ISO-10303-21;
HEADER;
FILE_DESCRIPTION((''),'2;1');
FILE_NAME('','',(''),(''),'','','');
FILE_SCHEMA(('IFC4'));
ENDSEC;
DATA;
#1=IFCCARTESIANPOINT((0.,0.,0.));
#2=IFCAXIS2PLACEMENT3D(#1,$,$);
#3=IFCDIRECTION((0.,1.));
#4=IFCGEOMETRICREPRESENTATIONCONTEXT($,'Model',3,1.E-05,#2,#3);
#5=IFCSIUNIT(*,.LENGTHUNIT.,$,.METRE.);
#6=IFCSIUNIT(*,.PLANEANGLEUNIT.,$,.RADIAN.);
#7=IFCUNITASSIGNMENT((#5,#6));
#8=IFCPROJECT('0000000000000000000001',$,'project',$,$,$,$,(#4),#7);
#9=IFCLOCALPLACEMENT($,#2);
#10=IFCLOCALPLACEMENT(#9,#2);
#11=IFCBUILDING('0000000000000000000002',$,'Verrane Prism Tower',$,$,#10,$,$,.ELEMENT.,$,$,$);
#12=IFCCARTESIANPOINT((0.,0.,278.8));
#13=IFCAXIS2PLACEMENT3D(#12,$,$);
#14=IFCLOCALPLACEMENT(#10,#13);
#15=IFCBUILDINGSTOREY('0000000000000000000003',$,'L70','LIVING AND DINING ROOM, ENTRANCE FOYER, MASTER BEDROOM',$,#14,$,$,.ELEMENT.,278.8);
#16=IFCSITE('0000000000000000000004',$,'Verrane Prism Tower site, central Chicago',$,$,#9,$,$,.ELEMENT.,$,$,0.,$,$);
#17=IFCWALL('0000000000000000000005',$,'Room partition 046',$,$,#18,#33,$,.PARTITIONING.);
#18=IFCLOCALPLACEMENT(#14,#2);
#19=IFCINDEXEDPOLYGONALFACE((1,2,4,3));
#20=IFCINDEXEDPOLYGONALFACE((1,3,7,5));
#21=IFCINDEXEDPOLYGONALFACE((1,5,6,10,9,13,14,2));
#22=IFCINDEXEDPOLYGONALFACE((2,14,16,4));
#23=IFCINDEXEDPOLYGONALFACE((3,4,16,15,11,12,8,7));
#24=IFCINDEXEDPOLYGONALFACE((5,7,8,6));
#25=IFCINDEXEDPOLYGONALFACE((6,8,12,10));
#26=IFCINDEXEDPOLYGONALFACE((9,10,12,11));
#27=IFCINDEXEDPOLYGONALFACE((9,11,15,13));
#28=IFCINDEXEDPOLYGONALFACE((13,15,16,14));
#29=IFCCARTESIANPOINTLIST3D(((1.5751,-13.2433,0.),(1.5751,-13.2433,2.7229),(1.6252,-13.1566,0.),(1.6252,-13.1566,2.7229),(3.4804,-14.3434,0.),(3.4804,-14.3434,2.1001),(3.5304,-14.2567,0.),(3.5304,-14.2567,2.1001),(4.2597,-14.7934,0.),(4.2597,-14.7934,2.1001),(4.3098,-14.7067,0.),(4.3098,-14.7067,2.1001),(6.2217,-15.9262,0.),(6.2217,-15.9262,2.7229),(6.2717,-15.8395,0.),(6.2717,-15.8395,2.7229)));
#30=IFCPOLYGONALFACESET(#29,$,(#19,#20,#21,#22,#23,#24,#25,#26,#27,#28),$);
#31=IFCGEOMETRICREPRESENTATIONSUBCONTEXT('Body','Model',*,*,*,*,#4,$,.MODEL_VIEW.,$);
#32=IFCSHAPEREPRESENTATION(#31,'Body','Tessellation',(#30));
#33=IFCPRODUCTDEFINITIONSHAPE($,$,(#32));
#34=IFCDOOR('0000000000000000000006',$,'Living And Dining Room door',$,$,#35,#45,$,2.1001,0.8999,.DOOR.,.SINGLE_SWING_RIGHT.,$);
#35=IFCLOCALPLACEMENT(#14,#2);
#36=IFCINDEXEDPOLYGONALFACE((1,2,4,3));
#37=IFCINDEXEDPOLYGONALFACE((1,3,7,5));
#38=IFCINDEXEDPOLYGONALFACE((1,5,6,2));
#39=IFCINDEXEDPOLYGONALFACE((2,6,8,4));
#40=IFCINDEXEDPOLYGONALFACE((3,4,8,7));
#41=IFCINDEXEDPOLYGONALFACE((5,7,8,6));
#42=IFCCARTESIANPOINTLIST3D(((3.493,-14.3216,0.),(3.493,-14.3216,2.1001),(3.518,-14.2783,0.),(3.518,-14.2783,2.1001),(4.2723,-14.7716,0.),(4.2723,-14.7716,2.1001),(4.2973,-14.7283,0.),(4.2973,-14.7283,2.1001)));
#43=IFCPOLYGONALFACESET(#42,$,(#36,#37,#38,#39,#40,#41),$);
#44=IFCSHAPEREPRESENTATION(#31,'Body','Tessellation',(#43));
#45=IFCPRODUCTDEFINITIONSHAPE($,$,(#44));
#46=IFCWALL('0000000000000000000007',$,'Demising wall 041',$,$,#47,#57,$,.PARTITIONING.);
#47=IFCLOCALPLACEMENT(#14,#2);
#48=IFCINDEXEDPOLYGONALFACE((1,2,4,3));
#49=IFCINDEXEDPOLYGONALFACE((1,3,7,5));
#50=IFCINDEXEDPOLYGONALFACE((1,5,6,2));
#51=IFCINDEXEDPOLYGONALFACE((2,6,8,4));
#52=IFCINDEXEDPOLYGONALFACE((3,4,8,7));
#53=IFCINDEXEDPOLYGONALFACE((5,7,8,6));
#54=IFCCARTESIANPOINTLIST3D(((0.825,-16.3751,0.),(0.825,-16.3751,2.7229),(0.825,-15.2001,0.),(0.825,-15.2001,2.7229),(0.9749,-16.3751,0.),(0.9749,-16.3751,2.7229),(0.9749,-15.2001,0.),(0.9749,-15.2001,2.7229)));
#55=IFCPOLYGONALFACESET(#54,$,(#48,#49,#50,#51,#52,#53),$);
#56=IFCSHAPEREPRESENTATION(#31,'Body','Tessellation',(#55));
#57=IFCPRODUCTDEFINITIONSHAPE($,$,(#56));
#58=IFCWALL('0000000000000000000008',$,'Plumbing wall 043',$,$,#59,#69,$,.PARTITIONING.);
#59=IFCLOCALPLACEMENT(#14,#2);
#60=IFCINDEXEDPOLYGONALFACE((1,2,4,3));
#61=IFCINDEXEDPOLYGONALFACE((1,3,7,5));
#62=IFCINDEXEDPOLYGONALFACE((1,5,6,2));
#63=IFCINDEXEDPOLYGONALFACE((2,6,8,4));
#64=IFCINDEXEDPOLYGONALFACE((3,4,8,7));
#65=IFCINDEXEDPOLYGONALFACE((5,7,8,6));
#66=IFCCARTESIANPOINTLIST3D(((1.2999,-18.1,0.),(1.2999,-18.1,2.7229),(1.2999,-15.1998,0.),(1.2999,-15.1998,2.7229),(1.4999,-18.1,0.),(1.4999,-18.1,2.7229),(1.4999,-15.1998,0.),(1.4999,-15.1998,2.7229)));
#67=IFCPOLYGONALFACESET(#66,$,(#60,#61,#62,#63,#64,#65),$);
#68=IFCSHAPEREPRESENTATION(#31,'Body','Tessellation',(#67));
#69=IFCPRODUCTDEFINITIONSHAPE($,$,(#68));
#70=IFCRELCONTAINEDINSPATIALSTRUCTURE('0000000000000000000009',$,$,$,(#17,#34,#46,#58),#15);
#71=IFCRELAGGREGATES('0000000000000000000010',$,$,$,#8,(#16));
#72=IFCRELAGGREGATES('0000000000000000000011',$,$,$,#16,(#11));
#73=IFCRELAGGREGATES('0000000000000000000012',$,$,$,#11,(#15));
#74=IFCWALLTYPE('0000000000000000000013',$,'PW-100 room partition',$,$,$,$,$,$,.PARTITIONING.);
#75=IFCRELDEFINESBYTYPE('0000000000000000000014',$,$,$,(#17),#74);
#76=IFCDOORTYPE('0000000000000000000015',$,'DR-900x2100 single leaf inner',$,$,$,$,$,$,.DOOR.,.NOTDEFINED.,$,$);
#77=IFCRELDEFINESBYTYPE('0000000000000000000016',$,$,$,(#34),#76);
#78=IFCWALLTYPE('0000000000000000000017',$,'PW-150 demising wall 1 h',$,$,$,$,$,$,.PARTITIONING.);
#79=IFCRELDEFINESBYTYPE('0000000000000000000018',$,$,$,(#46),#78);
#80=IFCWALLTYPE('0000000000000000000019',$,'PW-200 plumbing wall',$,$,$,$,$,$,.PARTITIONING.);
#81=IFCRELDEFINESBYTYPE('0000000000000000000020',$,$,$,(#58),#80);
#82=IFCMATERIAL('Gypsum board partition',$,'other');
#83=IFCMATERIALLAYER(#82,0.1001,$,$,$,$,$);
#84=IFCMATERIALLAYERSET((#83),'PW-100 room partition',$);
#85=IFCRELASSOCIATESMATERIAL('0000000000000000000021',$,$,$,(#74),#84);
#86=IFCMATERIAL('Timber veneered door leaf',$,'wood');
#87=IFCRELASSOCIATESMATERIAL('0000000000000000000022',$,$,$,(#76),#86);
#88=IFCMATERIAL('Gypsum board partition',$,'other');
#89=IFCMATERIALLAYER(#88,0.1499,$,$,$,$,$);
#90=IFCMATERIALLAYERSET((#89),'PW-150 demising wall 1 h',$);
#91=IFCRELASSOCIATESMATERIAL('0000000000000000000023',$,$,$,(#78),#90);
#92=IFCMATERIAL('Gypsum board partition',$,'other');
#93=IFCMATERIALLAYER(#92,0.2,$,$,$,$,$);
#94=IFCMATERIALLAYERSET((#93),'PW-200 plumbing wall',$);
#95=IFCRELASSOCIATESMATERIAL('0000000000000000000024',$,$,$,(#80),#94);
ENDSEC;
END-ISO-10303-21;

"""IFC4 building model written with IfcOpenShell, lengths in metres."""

from ifc_helpers import new_model, si_unit, direction, frame, frame_2d, origin, place, context, subcontext, project, spatial, rectangle, extrude, material, layer, layer_set, type_object, element, fill, save


model = new_model("IFC4")

# Units and contexts
model_context = context("Model", 3, precision=1e-05, world=origin(), true_north=direction((0.0, 1.0)))
body_context = subcontext(model_context, "Body", "Model", "MODEL_VIEW")
ifc_project = project(units=[si_unit("LENGTHUNIT", "METRE"), si_unit("PLANEANGLEUNIT", "RADIAN")], contexts=[model_context])

# Site, building, storey
site_placement = place(None, origin())
site = spatial("IfcSite", under=ifc_project, at=site_placement, Name="Verrane Prism Tower site, central Chicago", CompositionType="ELEMENT", RefElevation=0.0)
building_placement = place(site_placement, origin())
building = spatial("IfcBuilding", under=site, at=building_placement, Name="Verrane Prism Tower", CompositionType="ELEMENT")
storey_placement = place(building_placement, frame((0.0, 0.0, 278.8)))
storey = spatial("IfcBuildingStorey", under=building, at=storey_placement, Name="L70", Description="LIVING AND DINING ROOM, ENTRANCE FOYER, MASTER BEDROOM", CompositionType="ELEMENT", Elevation=278.8)

# Wall, opening, door
ifc_material_1 = material(Name="Gypsum board partition", Category="other")
ifc_layer_1 = layer(ifc_material_1, 0.1001)
ifc_layer_set_1 = layer_set([ifc_layer_1], Name="PW-100 room partition")
wall_type_1 = type_object("IfcWallType", Name="PW-100 room partition", PredefinedType="PARTITIONING", material=ifc_layer_set_1)
wall_1_placement = place(storey_placement, frame((6.2466, -15.8828, 0.0), z_axis=(0.0, 0.0, 1.0), x_axis=(-0.866008, 0.50003, 0.0)))
wall_1 = element("IfcWall", 1, at=wall_1_placement, inside=storey, type_object=wall_type_1, Name="Room partition 046", PredefinedType="PARTITIONING", context=body_context, shape_type="SweptSolid", body=[
    extrude(rectangle(XDim=5.3655, YDim=0.1001, at=frame_2d((2.6826, 0.0))), origin(), (0.0, 0.0, 1.0), 2.7229),
])
opening_1_placement = place(wall_1_placement, frame((2.2654, 0.0, 0.0)))
opening_1 = element("IfcOpeningElement", 2, at=opening_1_placement, cuts=wall_1, PredefinedType="OPENING", context=body_context, shape_type="SweptSolid", body=[
    extrude(rectangle(XDim=0.8999, YDim=2.1001, at=frame_2d((0.45, 1.05))), frame((0.0, 0.0601, 0.0), z_axis=(0.0, -1.0, 0.0), x_axis=(1.0, 0.0, 0.0)), (0.0, 0.0, 1.0), 0.1201),
])
ifc_material_2 = material(Name="Timber veneered door leaf", Category="wood")
door_type_1 = type_object("IfcDoorType", Name="DR-900x2100 single leaf inner", OperationType="NOTDEFINED", PredefinedType="DOOR", material=ifc_material_2)
door_1_placement = place(opening_1_placement, origin())
door_1 = element("IfcDoor", 3, at=door_1_placement, inside=storey, type_object=door_type_1, Name="Living And Dining Room door", OperationType="SINGLE_SWING_RIGHT", OverallHeight=2.1001, OverallWidth=0.8999, PredefinedType="DOOR", context=body_context, shape_type="SweptSolid", body=[
    extrude(rectangle(XDim=0.8999, YDim=2.1001, at=frame_2d((0.45, 1.05))), frame((0.0, 0.0249, 0.0), z_axis=(0.0, -1.0, 0.0), x_axis=(1.0, 0.0, 0.0)), (0.0, 0.0, 1.0), 0.05),
])
fill(opening_1, door_1)

# Walls
ifc_material_3 = material(Name="Gypsum board partition", Category="other")
ifc_layer_2 = layer(ifc_material_3, 0.1499)
ifc_layer_set_2 = layer_set([ifc_layer_2], Name="PW-150 demising wall 1 h")
wall_type_2 = type_object("IfcWallType", Name="PW-150 demising wall 1 h", PredefinedType="PARTITIONING", material=ifc_layer_set_2)
wall_2_placement = place(storey_placement, frame((0.8999, -16.375, 0.0), z_axis=(0.0, 0.0, 1.0), x_axis=(0.0, 1.0, 0.0)))
element("IfcWall", 4, at=wall_2_placement, inside=storey, type_object=wall_type_2, Name="Demising wall 041", PredefinedType="PARTITIONING", context=body_context, shape_type="SweptSolid", body=[
    extrude(rectangle(XDim=1.175, YDim=0.1499, at=frame_2d((0.5874, 0.0))), origin(), (0.0, 0.0, 1.0), 2.7229),
])
ifc_material_4 = material(Name="Gypsum board partition", Category="other")
ifc_layer_3 = layer(ifc_material_4, 0.2)
ifc_layer_set_3 = layer_set([ifc_layer_3], Name="PW-200 plumbing wall")
wall_type_3 = type_object("IfcWallType", Name="PW-200 plumbing wall", PredefinedType="PARTITIONING", material=ifc_layer_set_3)
wall_3_placement = place(storey_placement, frame((1.3999, -18.1001, 0.0), z_axis=(0.0, 0.0, 1.0), x_axis=(0.0, 1.0, 0.0)))
element("IfcWall", 5, at=wall_3_placement, inside=storey, type_object=wall_type_3, Name="Plumbing wall 043", PredefinedType="PARTITIONING", context=body_context, shape_type="SweptSolid", body=[
    extrude(rectangle(XDim=2.9001, YDim=0.2, at=frame_2d((1.4502, 0.0))), origin(), (0.0, 0.0, 1.0), 2.7229),
])

save(model, "model.ifc")
